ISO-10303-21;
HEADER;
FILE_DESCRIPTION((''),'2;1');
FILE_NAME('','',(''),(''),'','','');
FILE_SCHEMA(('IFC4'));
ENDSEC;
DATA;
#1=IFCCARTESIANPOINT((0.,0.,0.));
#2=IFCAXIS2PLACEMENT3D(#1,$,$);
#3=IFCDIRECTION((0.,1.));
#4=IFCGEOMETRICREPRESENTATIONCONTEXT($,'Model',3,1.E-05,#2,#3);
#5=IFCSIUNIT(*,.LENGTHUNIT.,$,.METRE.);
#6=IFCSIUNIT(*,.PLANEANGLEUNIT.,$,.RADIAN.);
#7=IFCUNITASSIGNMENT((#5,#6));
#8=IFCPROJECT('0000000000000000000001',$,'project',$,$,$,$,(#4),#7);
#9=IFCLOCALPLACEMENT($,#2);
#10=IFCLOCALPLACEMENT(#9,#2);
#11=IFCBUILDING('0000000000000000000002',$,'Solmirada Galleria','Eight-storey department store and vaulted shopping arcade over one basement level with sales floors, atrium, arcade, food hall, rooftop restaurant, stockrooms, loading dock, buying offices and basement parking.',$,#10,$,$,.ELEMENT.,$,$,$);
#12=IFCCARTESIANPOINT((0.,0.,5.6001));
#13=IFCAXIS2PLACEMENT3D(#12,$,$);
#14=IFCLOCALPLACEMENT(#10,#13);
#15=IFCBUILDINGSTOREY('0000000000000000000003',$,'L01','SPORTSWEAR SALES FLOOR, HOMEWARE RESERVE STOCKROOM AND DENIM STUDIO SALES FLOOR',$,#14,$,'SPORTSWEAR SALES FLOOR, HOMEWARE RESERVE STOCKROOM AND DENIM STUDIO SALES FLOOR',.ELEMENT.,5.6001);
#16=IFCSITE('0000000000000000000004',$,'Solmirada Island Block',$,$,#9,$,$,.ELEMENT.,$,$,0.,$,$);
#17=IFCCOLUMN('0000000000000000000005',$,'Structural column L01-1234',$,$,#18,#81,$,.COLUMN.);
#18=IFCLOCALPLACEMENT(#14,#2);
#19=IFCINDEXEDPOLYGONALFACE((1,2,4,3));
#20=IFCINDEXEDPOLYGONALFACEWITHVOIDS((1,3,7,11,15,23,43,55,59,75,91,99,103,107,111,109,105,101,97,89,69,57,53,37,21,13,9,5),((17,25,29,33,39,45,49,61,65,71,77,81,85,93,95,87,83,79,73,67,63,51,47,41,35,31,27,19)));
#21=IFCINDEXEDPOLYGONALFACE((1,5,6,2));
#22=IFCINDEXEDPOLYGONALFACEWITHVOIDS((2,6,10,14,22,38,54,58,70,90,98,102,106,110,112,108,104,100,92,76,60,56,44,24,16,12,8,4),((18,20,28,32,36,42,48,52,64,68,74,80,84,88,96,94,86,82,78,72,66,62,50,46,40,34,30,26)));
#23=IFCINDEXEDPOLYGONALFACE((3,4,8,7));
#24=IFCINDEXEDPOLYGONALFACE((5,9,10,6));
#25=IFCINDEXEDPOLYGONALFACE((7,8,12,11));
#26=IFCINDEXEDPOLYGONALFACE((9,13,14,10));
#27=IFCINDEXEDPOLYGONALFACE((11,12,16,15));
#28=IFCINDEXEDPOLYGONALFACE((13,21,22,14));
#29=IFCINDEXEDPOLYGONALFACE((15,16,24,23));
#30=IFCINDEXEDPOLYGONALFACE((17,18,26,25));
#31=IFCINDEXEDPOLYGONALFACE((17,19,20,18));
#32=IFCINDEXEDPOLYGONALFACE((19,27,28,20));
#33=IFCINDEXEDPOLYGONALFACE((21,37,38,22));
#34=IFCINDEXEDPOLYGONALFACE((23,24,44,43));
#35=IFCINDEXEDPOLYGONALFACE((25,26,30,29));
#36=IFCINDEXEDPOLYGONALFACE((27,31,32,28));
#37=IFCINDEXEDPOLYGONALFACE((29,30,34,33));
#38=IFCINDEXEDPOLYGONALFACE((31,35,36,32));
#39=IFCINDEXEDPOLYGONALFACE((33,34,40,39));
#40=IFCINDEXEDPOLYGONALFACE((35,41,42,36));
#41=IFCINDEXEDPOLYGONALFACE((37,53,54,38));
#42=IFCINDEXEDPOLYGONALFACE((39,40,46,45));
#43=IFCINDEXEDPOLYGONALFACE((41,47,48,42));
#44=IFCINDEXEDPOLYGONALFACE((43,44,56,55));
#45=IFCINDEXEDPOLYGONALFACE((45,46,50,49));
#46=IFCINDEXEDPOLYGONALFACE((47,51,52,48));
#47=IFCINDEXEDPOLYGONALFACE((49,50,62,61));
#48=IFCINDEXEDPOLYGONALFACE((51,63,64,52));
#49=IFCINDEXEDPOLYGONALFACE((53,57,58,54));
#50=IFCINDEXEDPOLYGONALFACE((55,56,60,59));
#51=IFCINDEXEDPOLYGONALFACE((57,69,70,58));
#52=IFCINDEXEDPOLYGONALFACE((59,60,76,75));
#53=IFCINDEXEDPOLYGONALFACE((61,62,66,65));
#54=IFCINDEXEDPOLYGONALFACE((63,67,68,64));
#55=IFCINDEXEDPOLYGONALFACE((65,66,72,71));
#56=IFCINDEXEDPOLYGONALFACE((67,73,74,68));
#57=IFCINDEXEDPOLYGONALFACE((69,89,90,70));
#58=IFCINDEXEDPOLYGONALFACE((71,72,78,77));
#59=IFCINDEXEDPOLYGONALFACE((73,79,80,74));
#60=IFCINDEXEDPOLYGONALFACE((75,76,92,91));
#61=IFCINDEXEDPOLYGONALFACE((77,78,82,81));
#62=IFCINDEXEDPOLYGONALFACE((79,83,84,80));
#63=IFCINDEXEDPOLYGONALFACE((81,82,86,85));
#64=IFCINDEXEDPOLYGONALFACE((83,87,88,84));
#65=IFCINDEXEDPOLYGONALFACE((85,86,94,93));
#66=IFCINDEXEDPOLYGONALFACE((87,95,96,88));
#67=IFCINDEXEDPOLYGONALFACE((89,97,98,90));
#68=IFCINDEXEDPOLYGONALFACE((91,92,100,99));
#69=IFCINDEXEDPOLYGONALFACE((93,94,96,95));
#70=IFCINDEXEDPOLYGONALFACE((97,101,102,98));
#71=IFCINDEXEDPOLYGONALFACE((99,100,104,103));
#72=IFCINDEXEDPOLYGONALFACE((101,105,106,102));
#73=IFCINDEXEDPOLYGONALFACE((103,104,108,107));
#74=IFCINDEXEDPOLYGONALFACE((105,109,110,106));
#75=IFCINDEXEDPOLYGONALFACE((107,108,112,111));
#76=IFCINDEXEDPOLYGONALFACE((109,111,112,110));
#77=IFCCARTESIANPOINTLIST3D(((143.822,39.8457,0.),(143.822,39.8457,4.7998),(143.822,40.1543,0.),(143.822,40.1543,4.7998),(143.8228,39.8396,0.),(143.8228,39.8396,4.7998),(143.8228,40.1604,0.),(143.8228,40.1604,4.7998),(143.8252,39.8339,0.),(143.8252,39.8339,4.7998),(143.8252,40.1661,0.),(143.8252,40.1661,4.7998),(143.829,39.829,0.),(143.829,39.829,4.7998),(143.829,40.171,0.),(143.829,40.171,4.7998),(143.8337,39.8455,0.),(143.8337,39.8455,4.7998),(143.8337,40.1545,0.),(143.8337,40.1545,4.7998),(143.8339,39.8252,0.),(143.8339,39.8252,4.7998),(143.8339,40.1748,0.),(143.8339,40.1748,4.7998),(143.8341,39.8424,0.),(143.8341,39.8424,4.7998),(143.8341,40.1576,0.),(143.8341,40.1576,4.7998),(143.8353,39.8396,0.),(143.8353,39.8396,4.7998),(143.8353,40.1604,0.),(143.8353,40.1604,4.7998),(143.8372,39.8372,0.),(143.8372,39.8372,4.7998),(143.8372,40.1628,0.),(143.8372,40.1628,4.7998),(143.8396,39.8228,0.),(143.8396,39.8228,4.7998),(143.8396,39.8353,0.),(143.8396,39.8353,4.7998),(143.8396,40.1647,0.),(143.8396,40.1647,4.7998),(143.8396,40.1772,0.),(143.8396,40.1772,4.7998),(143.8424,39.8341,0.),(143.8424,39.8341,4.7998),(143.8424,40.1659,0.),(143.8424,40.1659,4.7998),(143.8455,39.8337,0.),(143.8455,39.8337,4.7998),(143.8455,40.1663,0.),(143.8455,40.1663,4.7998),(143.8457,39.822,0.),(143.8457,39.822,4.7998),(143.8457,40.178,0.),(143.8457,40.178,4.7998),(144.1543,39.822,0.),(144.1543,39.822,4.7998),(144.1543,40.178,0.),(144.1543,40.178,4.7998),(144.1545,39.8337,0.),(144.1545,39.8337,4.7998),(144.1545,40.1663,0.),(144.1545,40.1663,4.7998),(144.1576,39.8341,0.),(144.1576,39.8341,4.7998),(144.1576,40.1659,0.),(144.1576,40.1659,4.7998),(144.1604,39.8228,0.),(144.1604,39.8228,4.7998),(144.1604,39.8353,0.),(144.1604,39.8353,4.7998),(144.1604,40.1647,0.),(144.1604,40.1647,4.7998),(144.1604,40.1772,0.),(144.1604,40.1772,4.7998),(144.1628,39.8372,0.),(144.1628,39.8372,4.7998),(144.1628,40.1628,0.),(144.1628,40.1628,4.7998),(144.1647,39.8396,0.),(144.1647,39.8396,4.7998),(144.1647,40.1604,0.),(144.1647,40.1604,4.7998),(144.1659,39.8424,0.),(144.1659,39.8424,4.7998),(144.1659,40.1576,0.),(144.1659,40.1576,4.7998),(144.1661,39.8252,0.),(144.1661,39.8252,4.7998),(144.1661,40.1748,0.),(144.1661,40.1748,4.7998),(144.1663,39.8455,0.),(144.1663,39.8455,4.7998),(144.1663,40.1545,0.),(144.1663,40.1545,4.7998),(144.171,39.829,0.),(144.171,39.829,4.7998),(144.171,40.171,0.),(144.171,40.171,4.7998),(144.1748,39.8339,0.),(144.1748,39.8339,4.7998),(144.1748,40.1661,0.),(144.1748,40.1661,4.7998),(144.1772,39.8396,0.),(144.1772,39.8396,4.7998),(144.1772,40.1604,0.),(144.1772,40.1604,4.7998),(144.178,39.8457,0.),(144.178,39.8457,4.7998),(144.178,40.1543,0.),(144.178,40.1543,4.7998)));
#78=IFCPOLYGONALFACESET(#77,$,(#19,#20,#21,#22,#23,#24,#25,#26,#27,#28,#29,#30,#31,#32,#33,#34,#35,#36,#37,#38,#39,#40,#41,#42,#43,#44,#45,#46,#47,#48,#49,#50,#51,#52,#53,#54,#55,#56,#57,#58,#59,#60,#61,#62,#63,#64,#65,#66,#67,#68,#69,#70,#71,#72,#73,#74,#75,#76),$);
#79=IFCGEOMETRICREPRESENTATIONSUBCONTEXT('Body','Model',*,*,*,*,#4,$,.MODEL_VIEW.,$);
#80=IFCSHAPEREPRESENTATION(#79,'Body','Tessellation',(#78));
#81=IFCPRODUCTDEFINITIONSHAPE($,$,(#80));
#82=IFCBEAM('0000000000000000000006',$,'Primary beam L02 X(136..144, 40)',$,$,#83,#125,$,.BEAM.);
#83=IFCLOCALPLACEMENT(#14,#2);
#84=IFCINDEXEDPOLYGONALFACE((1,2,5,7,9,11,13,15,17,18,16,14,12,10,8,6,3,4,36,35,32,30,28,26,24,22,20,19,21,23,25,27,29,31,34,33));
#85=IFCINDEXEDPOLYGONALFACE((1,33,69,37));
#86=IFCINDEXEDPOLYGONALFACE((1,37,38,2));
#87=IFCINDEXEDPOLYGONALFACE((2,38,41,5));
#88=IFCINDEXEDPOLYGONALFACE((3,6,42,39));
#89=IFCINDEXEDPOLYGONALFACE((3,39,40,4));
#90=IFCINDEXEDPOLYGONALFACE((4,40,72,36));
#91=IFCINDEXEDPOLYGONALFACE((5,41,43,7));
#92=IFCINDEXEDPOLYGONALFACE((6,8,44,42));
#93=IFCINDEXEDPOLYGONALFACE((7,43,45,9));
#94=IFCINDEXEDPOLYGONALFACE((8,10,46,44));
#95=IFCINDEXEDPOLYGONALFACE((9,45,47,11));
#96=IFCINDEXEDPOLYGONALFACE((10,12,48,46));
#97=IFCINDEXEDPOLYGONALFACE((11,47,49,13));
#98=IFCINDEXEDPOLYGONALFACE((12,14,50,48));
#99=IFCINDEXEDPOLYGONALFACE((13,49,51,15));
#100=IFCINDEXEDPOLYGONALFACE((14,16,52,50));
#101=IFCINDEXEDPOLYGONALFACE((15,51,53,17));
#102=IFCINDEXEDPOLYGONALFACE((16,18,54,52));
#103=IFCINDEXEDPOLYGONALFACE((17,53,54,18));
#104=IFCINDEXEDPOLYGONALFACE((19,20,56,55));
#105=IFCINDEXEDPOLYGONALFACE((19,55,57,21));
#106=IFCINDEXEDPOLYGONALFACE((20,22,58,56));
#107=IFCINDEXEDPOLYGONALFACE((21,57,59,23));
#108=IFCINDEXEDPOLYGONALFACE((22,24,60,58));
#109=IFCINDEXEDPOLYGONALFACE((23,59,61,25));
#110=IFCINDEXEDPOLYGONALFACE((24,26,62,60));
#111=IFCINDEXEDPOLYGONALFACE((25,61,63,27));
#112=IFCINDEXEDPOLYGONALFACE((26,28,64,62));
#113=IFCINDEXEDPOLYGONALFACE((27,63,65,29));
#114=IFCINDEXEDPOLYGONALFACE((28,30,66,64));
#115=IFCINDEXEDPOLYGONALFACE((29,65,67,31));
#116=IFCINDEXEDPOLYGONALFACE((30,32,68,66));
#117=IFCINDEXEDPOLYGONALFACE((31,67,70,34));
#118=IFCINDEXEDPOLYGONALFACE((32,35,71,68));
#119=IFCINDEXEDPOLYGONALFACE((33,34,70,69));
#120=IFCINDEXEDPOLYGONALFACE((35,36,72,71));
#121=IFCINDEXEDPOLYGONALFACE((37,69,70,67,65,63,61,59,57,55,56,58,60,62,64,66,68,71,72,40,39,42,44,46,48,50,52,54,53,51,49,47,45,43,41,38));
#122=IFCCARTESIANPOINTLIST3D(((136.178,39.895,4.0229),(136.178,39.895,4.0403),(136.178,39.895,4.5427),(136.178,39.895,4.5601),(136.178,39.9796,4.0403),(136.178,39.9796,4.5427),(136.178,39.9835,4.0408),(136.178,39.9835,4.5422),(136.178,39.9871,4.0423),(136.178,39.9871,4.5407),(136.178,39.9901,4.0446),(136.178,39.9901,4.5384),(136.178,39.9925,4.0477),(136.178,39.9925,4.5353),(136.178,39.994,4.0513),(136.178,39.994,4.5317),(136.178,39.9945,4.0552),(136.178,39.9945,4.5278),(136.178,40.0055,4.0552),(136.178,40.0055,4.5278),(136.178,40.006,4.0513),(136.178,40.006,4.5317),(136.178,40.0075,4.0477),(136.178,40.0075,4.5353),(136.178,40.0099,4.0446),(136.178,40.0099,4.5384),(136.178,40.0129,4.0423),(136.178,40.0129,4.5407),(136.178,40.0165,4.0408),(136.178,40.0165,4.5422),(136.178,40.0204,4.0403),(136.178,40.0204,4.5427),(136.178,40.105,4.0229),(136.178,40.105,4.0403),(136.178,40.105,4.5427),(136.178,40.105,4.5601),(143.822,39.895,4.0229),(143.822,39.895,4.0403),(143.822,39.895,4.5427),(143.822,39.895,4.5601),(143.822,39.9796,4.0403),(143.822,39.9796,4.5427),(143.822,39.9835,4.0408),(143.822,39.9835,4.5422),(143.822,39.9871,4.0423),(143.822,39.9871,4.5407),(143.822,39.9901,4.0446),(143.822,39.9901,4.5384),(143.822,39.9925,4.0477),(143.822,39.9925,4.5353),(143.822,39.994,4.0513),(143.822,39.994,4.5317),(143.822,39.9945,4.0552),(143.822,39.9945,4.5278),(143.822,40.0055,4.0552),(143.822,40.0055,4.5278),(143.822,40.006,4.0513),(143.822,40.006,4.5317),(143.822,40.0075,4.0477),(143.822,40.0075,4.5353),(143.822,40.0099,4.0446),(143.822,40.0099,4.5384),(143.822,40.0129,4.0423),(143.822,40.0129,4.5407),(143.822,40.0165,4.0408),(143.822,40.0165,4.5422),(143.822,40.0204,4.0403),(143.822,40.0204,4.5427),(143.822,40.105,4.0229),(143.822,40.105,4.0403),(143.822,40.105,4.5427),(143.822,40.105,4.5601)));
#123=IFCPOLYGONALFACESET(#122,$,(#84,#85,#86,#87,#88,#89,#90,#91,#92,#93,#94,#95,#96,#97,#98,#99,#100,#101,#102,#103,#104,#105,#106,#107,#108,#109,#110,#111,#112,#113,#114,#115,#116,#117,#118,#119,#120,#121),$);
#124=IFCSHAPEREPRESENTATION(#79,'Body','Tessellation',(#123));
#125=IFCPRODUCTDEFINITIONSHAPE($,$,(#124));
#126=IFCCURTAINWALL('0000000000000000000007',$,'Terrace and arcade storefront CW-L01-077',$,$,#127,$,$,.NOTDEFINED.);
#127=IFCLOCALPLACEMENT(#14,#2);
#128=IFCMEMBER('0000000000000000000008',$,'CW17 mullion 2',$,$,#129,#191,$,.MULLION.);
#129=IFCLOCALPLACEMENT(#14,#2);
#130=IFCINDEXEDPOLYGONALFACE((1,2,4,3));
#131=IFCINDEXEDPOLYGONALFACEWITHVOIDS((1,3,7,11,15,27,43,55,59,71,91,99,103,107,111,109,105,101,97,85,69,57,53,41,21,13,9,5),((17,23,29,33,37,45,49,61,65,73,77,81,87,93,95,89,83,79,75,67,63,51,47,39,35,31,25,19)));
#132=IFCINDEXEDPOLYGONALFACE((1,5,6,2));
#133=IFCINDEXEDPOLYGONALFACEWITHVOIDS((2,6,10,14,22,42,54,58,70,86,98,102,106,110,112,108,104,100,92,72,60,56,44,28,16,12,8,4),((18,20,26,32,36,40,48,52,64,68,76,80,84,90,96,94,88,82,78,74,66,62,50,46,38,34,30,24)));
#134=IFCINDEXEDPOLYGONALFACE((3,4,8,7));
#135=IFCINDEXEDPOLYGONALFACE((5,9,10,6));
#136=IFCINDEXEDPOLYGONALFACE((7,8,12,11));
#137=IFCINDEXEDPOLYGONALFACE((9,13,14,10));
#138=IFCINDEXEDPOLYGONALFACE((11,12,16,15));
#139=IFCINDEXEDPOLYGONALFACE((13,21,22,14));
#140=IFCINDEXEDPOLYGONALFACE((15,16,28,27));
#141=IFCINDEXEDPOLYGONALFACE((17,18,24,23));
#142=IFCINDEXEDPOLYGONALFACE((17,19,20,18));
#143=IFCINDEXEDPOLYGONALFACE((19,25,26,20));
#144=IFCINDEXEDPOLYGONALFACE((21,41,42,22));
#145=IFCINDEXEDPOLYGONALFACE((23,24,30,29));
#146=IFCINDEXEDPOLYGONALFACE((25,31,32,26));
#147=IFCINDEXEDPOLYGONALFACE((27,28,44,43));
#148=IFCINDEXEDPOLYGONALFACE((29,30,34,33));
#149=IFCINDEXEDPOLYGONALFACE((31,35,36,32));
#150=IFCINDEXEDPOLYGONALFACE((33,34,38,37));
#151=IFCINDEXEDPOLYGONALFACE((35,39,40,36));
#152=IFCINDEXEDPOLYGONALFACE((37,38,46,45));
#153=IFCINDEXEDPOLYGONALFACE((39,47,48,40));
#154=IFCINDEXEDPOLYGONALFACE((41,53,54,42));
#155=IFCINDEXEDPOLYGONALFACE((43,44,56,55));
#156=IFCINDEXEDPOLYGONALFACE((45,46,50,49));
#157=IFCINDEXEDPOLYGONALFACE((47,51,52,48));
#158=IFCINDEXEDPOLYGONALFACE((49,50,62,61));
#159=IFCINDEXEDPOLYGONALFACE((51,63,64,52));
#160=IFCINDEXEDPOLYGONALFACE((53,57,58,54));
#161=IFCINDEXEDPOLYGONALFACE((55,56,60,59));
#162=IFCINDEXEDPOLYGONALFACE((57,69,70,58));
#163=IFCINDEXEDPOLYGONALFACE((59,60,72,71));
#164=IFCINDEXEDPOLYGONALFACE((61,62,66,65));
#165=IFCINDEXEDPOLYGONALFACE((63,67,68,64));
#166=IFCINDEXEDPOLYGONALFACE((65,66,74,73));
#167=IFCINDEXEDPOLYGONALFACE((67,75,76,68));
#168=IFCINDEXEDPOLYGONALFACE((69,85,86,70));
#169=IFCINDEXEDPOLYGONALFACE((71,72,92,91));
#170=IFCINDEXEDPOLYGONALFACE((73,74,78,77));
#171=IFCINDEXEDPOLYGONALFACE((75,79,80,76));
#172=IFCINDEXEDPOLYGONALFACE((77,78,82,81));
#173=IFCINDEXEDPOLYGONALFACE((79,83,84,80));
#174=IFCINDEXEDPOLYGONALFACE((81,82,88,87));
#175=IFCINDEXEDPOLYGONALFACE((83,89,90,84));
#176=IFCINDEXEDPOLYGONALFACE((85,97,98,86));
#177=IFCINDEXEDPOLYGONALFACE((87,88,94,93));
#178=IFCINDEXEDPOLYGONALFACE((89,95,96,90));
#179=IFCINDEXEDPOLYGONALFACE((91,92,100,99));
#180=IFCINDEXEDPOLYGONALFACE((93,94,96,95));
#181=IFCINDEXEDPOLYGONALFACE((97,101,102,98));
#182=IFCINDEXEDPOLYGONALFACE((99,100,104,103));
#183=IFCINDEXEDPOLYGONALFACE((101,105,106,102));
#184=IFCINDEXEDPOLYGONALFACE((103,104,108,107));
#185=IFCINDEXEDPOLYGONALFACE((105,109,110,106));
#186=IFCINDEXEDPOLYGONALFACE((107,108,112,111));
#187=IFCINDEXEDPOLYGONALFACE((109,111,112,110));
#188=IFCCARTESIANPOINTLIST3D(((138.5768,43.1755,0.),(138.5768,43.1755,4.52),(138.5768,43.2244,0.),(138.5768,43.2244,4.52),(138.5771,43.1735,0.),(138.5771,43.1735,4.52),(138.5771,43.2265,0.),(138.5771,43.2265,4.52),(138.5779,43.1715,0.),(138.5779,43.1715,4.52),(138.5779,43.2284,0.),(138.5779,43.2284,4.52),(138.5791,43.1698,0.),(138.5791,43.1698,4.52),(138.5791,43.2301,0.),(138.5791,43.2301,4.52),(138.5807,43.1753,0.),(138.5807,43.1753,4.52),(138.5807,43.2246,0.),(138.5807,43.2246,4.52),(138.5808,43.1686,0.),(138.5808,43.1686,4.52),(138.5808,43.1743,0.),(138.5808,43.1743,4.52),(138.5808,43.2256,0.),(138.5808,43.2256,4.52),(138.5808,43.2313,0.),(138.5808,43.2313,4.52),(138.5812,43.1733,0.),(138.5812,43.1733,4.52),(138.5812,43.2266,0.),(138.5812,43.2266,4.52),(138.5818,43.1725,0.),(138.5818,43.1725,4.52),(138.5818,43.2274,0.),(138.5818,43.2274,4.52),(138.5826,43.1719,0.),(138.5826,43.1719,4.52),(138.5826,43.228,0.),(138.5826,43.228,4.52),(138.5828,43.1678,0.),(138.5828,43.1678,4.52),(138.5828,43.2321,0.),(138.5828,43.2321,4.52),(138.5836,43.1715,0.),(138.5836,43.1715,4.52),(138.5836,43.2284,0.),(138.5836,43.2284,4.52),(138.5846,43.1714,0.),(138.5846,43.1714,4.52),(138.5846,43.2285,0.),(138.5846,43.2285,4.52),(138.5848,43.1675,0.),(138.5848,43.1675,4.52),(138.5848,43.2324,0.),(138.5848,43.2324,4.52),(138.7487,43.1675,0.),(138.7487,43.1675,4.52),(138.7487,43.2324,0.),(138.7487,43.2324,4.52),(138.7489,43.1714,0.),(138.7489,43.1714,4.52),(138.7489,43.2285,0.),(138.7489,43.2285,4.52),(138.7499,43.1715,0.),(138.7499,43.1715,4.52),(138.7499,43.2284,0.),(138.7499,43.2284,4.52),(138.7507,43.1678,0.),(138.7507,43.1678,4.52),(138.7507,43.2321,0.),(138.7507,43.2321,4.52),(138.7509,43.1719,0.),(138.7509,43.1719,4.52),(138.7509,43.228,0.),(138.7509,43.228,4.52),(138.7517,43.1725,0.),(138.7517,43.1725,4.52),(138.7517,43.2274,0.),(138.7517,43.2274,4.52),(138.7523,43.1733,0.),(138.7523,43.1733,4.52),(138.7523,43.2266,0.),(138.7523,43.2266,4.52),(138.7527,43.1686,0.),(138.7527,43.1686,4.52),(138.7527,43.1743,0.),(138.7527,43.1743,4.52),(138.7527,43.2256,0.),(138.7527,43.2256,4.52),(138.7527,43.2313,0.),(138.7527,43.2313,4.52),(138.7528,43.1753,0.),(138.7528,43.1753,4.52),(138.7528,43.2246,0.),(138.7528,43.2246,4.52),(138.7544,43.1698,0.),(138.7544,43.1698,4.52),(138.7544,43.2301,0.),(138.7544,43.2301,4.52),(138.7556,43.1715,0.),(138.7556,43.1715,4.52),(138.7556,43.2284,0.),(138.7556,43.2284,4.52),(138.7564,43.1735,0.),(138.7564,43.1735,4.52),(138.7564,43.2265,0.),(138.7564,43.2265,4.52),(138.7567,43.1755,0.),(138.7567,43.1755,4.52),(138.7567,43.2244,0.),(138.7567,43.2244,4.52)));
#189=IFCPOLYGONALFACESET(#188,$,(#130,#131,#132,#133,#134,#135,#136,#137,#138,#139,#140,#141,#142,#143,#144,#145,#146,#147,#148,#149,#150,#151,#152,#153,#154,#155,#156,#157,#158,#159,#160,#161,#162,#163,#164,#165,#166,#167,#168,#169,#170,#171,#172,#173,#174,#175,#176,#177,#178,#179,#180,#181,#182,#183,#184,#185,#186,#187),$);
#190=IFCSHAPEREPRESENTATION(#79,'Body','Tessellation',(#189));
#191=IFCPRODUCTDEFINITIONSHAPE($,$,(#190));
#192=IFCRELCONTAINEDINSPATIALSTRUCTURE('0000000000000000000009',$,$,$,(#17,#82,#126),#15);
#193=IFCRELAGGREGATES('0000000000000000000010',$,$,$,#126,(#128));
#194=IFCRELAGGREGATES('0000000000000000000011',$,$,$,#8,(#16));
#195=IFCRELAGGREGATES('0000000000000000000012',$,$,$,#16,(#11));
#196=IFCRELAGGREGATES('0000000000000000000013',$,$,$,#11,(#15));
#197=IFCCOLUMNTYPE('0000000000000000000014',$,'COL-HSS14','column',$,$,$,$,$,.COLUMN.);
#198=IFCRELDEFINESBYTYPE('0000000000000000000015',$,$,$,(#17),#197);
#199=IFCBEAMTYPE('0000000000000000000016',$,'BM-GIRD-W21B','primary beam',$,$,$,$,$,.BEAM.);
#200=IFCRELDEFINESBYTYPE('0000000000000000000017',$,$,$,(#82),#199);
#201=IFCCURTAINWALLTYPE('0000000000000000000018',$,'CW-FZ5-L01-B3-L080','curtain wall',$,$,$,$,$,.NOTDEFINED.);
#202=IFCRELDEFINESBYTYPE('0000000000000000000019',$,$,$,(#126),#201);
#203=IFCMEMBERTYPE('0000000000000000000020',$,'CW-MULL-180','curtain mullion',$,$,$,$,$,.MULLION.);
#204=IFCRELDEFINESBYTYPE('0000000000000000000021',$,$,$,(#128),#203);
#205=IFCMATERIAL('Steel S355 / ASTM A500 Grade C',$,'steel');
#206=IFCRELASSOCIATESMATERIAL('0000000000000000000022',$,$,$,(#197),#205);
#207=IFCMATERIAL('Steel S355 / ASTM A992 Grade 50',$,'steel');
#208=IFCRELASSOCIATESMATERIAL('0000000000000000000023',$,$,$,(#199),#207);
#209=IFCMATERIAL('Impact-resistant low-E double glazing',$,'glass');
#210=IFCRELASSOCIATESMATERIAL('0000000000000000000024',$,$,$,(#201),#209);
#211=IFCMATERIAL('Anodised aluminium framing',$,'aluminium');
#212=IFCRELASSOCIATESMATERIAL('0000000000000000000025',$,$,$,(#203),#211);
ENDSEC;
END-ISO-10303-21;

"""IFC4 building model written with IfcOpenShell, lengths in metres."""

from ifc_helpers import new_model, si_unit, direction, frame, origin, origin_2d, place, context, subcontext, project, spatial, hollow_rectangle, i_section, extrude, material, material_profile, profile_set, type_object, element, aggregate, save


model = new_model("IFC4")

# Units and contexts
model_context = context("Model", 3, precision=1e-05, world=origin(), true_north=direction((0.0, 1.0)))
body_context = subcontext(model_context, "Body", "Model", "MODEL_VIEW")
ifc_project = project(units=[si_unit("LENGTHUNIT", "METRE"), si_unit("PLANEANGLEUNIT", "RADIAN")], contexts=[model_context])

# Site, building, storey
site_placement = place(None, origin())
site = spatial("IfcSite", under=ifc_project, at=site_placement, Name="Solmirada Island Block", CompositionType="ELEMENT", RefElevation=0.0)
building_placement = place(site_placement, origin())
building = spatial("IfcBuilding", under=site, at=building_placement, Name="Solmirada Galleria", Description="Eight-storey department store and vaulted shopping arcade over one basement level with sales floors, atrium, arcade, food hall, rooftop restaurant, stockrooms, loading dock, buying offices and basement parking.", CompositionType="ELEMENT")
storey_placement = place(building_placement, frame((0.0, 0.0, 5.6001)))
storey = spatial("IfcBuildingStorey", under=building, at=storey_placement, Name="L01", Description="SPORTSWEAR SALES FLOOR, HOMEWARE RESERVE STOCKROOM AND DENIM STUDIO SALES FLOOR", LongName="SPORTSWEAR SALES FLOOR, HOMEWARE RESERVE STOCKROOM AND DENIM STUDIO SALES FLOOR", CompositionType="ELEMENT", Elevation=5.6001)

# Column
ifc_material_1 = material(Name="Steel S355 / ASTM A500 Grade C", Category="steel")
ifc_material_profile_1 = material_profile(ifc_material_1, hollow_rectangle(XDim=0.356, YDim=0.356, WallThickness=0.0117, InnerFilletRadius=0.0117, OuterFilletRadius=0.0237, at=origin_2d()), Name="HSS14X14X1/2")
ifc_profile_set_1 = profile_set([ifc_material_profile_1], Name="Steel S355 / ASTM A500 Grade C")
column_type = type_object("IfcColumnType", Name="COL-HSS14", Description="column", PredefinedType="COLUMN", material=ifc_profile_set_1)
column_placement = place(storey_placement, frame((144.0, 40.0, 0.0), z_axis=(0.0, 0.0, 1.0), x_axis=(1.0, 0.0, 0.0)))
element("IfcColumn", 1, at=column_placement, inside=storey, type_object=column_type, Name="Structural column L01-1234", PredefinedType="COLUMN", context=body_context, shape_type="SweptSolid", body=[
    extrude(hollow_rectangle(XDim=0.356, YDim=0.356, WallThickness=0.0117, InnerFilletRadius=0.0117, OuterFilletRadius=0.0237, at=origin_2d()), origin(), (0.0, 0.0, 1.0), 4.7998),
])

# Beam
ifc_material_2 = material(Name="Steel S355 / ASTM A992 Grade 50", Category="steel")
ifc_material_profile_2 = material_profile(ifc_material_2, i_section(OverallWidth=0.21, OverallDepth=0.5371, WebThickness=0.011, FlangeThickness=0.0173, FilletRadius=0.0149, at=origin_2d()), Name="W21X68")
ifc_profile_set_2 = profile_set([ifc_material_profile_2], Name="Steel S355 / ASTM A992 Grade 50")
beam_type = type_object("IfcBeamType", Name="BM-GIRD-W21B", Description="primary beam", PredefinedType="BEAM", material=ifc_profile_set_2)
beam_placement = place(storey_placement, frame((136.178, 40.0, 4.2915), z_axis=(1.0, 0.0, 0.0), x_axis=(0.0, 1.0, 0.0)))
element("IfcBeam", 2, at=beam_placement, inside=storey, type_object=beam_type, Name="Primary beam L02 X(136..144, 40)", PredefinedType="BEAM", context=body_context, shape_type="SweptSolid", body=[
    extrude(i_section(OverallWidth=0.21, OverallDepth=0.5371, WebThickness=0.011, FlangeThickness=0.0173, FilletRadius=0.0149, at=origin_2d()), origin(), (0.0, 0.0, 1.0), 7.644),
])

# Curtain wall, member
ifc_material_3 = material(Name="Impact-resistant low-E double glazing", Category="glass")
curtain_wall_type = type_object("IfcCurtainWallType", Name="CW-FZ5-L01-B3-L080", Description="curtain wall", PredefinedType="NOTDEFINED", material=ifc_material_3)
curtain_wall_placement = place(storey_placement, origin())
curtain_wall = element("IfcCurtainWall", 3, at=curtain_wall_placement, inside=storey, type_object=curtain_wall_type, Name="Terrace and arcade storefront CW-L01-077", PredefinedType="NOTDEFINED")
ifc_material_4 = material(Name="Anodised aluminium framing", Category="aluminium")
ifc_material_profile_3 = material_profile(ifc_material_4, hollow_rectangle(XDim=0.0649, YDim=0.1799, WallThickness=0.0039, InnerFilletRadius=0.0039, OuterFilletRadius=0.0081, at=origin_2d()), Name="ALU-MULL-180X65")
ifc_profile_set_3 = profile_set([ifc_material_profile_3], Name="Anodised aluminium framing")
member_type_1 = type_object("IfcMemberType", Name="CW-MULL-180", Description="curtain mullion", PredefinedType="MULLION", material=ifc_profile_set_3)
member_1_placement = place(storey_placement, frame((138.6667, 43.2, 0.0), z_axis=(0.0, 0.0, 1.0), x_axis=(0.0, 1.0, 0.0)))
member_1 = element("IfcMember", 4, at=member_1_placement, type_object=member_type_1, Name="CW17 mullion 2", PredefinedType="MULLION", context=body_context, shape_type="SweptSolid", body=[
    extrude(hollow_rectangle(XDim=0.0649, YDim=0.1799, WallThickness=0.0039, InnerFilletRadius=0.0039, OuterFilletRadius=0.0081, at=origin_2d()), origin(), (0.0, 0.0, 1.0), 4.52),
])
aggregate(curtain_wall, [member_1])

save(model, "model.ifc")
